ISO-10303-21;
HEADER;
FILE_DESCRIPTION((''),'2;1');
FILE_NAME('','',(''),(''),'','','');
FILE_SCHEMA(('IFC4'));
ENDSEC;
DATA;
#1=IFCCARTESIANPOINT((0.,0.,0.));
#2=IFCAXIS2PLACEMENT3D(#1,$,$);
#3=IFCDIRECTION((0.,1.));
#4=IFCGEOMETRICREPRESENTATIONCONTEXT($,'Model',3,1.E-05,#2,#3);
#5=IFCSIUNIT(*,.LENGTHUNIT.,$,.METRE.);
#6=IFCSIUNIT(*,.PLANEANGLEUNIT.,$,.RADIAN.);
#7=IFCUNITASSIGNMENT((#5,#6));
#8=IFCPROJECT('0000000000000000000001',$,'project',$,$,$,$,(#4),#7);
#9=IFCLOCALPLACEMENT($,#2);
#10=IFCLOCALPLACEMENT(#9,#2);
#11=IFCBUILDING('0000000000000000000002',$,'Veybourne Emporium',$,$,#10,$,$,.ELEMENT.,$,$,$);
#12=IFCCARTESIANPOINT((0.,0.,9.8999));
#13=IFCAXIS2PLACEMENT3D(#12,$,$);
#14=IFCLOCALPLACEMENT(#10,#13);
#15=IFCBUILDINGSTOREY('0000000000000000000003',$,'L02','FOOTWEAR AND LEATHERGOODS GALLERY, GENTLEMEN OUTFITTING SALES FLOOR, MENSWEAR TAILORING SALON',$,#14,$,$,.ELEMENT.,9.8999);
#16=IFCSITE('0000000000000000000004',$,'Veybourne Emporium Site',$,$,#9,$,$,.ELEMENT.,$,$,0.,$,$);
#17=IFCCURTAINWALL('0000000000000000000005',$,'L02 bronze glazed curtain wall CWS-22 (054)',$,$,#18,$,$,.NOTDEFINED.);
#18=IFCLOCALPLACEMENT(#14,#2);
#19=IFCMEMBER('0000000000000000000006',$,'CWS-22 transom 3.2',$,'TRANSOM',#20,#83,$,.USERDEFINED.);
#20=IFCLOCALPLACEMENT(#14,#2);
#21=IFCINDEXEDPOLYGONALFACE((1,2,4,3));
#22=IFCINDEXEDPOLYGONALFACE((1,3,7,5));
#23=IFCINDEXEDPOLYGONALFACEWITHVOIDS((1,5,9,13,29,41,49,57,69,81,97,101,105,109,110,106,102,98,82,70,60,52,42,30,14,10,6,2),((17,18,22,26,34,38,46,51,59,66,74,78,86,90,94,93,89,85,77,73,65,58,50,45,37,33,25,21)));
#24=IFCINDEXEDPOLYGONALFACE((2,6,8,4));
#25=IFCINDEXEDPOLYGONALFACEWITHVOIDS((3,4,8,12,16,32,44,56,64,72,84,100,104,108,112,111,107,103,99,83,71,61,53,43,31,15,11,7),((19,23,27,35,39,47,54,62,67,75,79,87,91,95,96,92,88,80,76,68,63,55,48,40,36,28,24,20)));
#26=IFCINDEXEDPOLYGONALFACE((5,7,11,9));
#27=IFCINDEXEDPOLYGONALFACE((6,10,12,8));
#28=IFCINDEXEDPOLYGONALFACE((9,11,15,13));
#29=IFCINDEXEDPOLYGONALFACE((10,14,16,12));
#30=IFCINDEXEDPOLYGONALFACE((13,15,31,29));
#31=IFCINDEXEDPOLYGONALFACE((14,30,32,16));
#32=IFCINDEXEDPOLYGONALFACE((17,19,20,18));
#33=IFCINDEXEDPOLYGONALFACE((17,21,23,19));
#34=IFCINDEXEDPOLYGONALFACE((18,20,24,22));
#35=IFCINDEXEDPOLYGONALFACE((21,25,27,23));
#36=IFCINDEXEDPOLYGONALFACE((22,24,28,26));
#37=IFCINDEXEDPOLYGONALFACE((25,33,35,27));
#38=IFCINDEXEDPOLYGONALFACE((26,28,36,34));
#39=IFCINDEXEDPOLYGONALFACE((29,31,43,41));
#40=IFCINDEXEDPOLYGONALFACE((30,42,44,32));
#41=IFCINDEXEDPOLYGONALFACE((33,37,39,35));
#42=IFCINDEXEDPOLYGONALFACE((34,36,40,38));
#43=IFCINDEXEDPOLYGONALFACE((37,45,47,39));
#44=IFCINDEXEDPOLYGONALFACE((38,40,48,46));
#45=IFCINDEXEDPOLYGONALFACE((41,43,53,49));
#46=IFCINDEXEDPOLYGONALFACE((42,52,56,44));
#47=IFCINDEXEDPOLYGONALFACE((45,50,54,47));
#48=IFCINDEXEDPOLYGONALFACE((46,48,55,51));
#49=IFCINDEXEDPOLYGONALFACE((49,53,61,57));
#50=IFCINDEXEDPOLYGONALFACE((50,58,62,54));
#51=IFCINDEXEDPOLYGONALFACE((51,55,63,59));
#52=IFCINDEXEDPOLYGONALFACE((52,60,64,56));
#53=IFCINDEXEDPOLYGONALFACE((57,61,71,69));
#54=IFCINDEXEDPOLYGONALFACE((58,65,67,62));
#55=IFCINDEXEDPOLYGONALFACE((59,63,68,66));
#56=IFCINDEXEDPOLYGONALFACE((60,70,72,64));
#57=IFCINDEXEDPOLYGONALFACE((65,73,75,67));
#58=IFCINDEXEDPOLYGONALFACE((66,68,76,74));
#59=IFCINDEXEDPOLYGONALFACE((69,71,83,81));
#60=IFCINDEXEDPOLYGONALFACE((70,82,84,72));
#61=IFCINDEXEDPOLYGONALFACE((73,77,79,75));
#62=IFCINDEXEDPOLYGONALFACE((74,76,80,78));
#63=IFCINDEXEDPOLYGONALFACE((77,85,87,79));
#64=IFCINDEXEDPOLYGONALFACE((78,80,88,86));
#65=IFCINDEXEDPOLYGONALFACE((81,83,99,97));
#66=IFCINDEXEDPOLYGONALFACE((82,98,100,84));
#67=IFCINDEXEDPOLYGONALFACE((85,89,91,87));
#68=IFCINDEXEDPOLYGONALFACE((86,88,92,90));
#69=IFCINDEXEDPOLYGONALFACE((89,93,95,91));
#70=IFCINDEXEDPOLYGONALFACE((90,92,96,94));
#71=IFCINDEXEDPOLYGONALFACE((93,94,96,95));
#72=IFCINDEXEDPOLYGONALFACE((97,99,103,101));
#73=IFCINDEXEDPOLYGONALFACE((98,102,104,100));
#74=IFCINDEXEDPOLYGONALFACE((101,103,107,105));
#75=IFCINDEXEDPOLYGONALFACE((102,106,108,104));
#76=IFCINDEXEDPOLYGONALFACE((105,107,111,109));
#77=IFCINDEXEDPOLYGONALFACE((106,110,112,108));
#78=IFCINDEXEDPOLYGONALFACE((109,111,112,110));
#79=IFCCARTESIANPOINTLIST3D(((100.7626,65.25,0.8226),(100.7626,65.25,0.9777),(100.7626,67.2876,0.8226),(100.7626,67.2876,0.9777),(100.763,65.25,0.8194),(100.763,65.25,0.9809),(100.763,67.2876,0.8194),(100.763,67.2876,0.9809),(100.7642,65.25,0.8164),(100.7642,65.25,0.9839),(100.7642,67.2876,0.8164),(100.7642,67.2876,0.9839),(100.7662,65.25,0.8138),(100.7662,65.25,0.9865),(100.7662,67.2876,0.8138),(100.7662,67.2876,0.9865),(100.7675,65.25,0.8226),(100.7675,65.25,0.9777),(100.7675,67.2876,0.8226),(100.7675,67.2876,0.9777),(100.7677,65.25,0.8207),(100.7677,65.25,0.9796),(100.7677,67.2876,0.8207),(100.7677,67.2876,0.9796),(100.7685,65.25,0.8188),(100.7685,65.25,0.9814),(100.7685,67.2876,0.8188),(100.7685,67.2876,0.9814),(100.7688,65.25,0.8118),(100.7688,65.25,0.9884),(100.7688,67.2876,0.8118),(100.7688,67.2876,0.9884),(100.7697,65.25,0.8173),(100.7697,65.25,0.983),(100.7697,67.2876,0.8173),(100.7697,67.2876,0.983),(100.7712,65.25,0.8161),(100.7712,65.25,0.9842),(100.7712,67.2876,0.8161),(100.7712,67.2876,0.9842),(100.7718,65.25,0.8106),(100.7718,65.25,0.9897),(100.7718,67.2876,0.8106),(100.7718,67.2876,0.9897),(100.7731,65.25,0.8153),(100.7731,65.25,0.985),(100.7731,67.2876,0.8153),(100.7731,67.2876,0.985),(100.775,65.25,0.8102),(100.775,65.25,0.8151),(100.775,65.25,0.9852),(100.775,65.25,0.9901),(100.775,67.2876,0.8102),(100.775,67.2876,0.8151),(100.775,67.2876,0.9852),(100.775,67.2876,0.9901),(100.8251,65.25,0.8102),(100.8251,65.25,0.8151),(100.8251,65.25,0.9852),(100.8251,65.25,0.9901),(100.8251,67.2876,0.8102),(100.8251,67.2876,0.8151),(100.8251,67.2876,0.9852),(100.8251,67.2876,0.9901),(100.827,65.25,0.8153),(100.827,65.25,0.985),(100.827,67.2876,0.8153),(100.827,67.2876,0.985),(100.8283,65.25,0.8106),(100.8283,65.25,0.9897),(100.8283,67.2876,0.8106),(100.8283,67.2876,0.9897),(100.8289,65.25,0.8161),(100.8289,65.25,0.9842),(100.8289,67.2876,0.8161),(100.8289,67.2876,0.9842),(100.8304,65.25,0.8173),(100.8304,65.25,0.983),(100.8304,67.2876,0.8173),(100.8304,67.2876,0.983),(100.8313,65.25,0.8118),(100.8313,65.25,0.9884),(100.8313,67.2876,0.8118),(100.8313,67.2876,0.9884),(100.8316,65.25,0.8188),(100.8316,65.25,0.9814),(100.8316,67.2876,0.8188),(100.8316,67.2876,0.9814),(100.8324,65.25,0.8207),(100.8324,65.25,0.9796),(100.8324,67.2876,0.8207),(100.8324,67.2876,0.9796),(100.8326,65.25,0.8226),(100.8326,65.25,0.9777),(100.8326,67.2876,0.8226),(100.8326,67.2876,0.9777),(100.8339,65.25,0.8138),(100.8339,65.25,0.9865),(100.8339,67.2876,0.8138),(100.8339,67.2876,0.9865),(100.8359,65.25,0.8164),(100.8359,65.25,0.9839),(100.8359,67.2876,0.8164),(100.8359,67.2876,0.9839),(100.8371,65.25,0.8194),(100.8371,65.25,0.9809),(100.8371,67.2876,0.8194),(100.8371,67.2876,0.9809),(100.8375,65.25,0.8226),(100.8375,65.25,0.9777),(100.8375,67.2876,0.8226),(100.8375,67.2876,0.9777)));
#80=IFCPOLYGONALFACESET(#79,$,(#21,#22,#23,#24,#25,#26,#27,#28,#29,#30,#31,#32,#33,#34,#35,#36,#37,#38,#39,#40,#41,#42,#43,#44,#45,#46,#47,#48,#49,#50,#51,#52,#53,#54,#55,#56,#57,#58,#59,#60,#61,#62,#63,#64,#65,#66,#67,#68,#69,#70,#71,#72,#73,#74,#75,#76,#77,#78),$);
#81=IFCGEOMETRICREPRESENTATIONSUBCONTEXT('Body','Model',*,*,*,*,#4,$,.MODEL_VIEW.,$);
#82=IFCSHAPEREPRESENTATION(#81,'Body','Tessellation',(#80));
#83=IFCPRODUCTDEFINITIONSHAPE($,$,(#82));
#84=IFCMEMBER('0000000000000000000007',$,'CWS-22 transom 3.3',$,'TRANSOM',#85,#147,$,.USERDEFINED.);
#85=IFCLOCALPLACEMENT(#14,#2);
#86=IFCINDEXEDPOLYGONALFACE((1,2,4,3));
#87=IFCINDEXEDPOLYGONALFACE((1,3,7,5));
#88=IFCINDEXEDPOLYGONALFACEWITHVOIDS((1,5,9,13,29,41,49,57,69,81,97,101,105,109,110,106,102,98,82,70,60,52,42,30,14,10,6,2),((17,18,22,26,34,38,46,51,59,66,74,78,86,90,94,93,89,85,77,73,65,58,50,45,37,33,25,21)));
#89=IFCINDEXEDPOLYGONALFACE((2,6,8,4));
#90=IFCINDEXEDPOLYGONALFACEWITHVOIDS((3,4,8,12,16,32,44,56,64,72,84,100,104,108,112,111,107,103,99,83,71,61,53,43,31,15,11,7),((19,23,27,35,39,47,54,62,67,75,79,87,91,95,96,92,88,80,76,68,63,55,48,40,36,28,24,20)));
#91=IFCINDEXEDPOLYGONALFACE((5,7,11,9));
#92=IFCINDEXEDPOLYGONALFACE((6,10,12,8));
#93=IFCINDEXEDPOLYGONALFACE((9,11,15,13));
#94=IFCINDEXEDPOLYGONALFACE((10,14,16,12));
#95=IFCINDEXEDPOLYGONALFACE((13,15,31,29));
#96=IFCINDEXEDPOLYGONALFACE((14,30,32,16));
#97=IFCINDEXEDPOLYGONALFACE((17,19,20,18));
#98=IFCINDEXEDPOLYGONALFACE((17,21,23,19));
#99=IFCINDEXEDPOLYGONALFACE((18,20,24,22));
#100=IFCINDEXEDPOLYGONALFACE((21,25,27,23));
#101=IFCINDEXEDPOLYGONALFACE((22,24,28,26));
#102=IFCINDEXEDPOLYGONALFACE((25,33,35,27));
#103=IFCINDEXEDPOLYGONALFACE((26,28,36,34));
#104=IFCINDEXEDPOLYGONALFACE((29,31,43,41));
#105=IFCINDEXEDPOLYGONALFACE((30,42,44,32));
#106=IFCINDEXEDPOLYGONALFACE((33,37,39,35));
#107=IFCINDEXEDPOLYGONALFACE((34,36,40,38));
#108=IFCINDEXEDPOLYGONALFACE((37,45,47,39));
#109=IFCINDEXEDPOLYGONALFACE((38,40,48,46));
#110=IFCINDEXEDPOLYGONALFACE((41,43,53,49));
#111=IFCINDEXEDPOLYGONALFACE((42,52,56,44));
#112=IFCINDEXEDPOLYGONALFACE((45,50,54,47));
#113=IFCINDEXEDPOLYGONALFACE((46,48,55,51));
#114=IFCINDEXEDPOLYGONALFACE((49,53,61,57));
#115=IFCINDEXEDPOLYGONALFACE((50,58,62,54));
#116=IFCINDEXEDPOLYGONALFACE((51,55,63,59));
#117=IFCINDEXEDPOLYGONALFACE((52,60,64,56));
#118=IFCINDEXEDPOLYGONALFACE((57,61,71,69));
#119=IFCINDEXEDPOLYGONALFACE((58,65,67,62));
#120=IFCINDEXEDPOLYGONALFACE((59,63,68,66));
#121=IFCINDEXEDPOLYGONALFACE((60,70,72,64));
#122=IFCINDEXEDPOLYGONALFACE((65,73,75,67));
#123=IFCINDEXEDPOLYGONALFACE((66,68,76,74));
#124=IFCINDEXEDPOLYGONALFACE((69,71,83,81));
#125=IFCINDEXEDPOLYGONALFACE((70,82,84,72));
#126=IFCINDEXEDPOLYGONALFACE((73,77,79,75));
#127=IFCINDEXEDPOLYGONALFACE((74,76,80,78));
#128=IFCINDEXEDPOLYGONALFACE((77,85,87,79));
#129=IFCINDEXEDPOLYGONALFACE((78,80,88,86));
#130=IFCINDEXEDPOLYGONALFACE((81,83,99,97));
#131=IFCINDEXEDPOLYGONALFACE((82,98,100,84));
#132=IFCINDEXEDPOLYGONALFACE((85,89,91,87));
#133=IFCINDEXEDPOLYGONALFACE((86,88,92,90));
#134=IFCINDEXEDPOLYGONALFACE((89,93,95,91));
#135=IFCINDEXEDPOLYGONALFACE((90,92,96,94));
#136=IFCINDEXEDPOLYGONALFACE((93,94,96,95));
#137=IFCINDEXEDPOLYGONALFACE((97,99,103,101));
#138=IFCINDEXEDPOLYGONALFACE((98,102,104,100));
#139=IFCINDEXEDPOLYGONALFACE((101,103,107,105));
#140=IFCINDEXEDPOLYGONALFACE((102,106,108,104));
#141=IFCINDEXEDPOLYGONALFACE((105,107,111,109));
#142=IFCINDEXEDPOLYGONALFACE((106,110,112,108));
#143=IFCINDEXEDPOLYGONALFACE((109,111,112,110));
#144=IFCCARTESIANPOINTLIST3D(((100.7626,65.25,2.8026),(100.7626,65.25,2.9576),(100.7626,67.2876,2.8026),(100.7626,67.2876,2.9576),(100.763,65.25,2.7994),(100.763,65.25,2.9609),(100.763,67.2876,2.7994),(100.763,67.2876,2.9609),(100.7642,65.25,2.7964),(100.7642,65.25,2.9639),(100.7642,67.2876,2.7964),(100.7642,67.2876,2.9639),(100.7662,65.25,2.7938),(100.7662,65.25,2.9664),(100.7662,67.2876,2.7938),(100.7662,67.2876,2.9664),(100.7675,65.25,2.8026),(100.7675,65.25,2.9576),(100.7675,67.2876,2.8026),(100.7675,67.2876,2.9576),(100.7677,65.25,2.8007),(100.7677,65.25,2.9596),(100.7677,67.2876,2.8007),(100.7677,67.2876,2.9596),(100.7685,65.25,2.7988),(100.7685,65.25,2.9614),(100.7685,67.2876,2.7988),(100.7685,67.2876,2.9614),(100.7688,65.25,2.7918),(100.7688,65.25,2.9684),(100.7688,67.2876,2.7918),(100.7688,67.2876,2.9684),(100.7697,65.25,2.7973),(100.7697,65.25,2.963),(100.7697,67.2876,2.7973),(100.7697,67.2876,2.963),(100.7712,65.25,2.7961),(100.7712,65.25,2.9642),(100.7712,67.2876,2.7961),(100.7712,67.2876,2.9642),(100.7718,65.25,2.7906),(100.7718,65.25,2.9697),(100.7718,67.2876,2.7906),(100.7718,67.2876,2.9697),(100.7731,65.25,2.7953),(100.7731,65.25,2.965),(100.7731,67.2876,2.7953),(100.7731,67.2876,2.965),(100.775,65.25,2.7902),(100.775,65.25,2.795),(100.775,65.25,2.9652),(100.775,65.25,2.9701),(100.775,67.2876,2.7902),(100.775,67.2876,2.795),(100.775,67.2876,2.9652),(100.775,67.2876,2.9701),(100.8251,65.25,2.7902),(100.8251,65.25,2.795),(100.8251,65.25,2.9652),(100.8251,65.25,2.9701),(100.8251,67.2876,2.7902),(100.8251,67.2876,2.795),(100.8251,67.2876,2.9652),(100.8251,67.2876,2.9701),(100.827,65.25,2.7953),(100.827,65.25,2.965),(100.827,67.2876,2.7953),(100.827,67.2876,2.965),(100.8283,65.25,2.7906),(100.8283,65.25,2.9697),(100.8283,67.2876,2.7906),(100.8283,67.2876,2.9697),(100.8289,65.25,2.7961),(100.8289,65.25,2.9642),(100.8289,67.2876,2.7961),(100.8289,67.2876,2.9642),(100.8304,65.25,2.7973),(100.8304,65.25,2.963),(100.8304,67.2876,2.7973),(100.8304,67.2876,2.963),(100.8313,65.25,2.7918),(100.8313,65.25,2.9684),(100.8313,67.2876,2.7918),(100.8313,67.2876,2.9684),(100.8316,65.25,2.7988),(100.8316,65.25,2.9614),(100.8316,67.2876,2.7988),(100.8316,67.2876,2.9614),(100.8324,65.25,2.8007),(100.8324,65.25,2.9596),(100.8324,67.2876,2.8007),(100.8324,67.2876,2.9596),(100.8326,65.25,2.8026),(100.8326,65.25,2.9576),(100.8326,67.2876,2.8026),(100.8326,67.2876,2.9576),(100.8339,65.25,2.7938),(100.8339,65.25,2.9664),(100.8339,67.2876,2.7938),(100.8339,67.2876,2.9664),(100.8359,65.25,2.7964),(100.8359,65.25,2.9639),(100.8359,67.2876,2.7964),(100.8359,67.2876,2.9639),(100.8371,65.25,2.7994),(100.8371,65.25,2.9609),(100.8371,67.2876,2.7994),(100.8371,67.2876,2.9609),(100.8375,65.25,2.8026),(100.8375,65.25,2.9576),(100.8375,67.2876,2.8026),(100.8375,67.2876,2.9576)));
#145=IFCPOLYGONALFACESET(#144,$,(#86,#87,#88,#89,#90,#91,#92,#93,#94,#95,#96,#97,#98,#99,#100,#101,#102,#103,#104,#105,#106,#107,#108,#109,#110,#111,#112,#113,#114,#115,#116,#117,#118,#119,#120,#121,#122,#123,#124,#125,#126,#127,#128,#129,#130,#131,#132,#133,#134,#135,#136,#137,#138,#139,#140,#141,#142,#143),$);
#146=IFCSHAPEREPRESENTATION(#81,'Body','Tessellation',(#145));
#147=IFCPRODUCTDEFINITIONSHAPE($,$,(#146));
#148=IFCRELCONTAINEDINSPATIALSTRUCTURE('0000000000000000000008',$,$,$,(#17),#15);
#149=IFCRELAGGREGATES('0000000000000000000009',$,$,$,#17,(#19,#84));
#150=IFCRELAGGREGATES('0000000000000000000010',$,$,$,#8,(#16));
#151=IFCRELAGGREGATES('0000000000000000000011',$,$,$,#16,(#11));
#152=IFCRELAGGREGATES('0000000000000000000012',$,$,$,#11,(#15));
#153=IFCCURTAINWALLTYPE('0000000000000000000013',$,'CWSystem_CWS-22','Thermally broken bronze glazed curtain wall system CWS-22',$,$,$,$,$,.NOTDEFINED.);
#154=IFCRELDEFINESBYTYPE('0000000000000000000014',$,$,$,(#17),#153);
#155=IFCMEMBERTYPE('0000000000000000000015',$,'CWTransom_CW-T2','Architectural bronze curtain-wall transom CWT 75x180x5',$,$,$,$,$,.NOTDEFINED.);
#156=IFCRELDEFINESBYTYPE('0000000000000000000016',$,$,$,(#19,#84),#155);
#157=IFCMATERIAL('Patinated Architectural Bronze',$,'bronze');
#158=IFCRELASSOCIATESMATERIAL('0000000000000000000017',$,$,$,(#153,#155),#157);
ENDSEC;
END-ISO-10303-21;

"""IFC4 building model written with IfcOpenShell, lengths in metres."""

from ifc_helpers import new_model, si_unit, direction, frame, origin, origin_2d, place, context, subcontext, project, spatial, hollow_rectangle, extrude, material, material_profile, profile_set, type_object, element, aggregate, save


model = new_model("IFC4")

# Units and contexts
model_context = context("Model", 3, precision=1e-05, world=origin(), true_north=direction((0.0, 1.0)))
body_context = subcontext(model_context, "Body", "Model", "MODEL_VIEW")
ifc_project = project(units=[si_unit("LENGTHUNIT", "METRE"), si_unit("PLANEANGLEUNIT", "RADIAN")], contexts=[model_context])

# Site, building, storey
site_placement = place(None, origin())
site = spatial("IfcSite", under=ifc_project, at=site_placement, Name="Veybourne Emporium Site", CompositionType="ELEMENT", RefElevation=0.0)
building_placement = place(site_placement, origin())
building = spatial("IfcBuilding", under=site, at=building_placement, Name="Veybourne Emporium", CompositionType="ELEMENT")
storey_placement = place(building_placement, frame((0.0, 0.0, 9.8999)))
storey = spatial("IfcBuildingStorey", under=building, at=storey_placement, Name="L02", Description="FOOTWEAR AND LEATHERGOODS GALLERY, GENTLEMEN OUTFITTING SALES FLOOR, MENSWEAR TAILORING SALON", CompositionType="ELEMENT", Elevation=9.8999)

# Curtain wall, members
ifc_material_1 = material(Name="Patinated Architectural Bronze", Category="bronze")
curtain_wall_type = type_object("IfcCurtainWallType", Name="CWSystem_CWS-22", Description="Thermally broken bronze glazed curtain wall system CWS-22", PredefinedType="NOTDEFINED", material=ifc_material_1)
curtain_wall_placement = place(storey_placement, origin())
curtain_wall = element("IfcCurtainWall", 1, at=curtain_wall_placement, inside=storey, type_object=curtain_wall_type, Name="L02 bronze glazed curtain wall CWS-22 (054)", PredefinedType="NOTDEFINED")
ifc_material_profile_1 = material_profile(ifc_material_1, hollow_rectangle(XDim=0.075, YDim=0.1799, WallThickness=0.0049, InnerFilletRadius=0.0076, OuterFilletRadius=0.0125, at=origin_2d()), Name="CWT 75x180x5")
ifc_profile_set_1 = profile_set([ifc_material_profile_1], Name="Patinated Architectural Bronze")
member_type_1 = type_object("IfcMemberType", Name="CWTransom_CW-T2", Description="Architectural bronze curtain-wall transom CWT 75x180x5", PredefinedType="NOTDEFINED", material=ifc_profile_set_1)
member_1_placement = place(storey_placement, frame((100.8, 67.2876, 0.9001), z_axis=(0.0, -1.0, 0.0), x_axis=(1.0, 0.0, 0.0)))
member_1 = element("IfcMember", 2, at=member_1_placement, type_object=member_type_1, Name="CWS-22 transom 3.2", ObjectType="TRANSOM", PredefinedType="USERDEFINED", context=body_context, shape_type="SweptSolid", body=[
    extrude(hollow_rectangle(XDim=0.075, YDim=0.1799, WallThickness=0.0049, InnerFilletRadius=0.0076, OuterFilletRadius=0.0125, at=origin_2d()), origin(), (0.0, 0.0, 1.0), 2.0376),
])
member_2_placement = place(storey_placement, frame((100.8, 67.2876, 2.8801), z_axis=(0.0, -1.0, 0.0), x_axis=(1.0, 0.0, 0.0)))
member_2 = element("IfcMember", 3, at=member_2_placement, type_object=member_type_1, Name="CWS-22 transom 3.3", ObjectType="TRANSOM", PredefinedType="USERDEFINED", context=body_context, shape_type="SweptSolid", body=[
    extrude(hollow_rectangle(XDim=0.075, YDim=0.1799, WallThickness=0.0049, InnerFilletRadius=0.0076, OuterFilletRadius=0.0125, at=origin_2d()), origin(), (0.0, 0.0, 1.0), 2.0376),
])
aggregate(curtain_wall, [member_1, member_2])

save(model, "model.ifc")
